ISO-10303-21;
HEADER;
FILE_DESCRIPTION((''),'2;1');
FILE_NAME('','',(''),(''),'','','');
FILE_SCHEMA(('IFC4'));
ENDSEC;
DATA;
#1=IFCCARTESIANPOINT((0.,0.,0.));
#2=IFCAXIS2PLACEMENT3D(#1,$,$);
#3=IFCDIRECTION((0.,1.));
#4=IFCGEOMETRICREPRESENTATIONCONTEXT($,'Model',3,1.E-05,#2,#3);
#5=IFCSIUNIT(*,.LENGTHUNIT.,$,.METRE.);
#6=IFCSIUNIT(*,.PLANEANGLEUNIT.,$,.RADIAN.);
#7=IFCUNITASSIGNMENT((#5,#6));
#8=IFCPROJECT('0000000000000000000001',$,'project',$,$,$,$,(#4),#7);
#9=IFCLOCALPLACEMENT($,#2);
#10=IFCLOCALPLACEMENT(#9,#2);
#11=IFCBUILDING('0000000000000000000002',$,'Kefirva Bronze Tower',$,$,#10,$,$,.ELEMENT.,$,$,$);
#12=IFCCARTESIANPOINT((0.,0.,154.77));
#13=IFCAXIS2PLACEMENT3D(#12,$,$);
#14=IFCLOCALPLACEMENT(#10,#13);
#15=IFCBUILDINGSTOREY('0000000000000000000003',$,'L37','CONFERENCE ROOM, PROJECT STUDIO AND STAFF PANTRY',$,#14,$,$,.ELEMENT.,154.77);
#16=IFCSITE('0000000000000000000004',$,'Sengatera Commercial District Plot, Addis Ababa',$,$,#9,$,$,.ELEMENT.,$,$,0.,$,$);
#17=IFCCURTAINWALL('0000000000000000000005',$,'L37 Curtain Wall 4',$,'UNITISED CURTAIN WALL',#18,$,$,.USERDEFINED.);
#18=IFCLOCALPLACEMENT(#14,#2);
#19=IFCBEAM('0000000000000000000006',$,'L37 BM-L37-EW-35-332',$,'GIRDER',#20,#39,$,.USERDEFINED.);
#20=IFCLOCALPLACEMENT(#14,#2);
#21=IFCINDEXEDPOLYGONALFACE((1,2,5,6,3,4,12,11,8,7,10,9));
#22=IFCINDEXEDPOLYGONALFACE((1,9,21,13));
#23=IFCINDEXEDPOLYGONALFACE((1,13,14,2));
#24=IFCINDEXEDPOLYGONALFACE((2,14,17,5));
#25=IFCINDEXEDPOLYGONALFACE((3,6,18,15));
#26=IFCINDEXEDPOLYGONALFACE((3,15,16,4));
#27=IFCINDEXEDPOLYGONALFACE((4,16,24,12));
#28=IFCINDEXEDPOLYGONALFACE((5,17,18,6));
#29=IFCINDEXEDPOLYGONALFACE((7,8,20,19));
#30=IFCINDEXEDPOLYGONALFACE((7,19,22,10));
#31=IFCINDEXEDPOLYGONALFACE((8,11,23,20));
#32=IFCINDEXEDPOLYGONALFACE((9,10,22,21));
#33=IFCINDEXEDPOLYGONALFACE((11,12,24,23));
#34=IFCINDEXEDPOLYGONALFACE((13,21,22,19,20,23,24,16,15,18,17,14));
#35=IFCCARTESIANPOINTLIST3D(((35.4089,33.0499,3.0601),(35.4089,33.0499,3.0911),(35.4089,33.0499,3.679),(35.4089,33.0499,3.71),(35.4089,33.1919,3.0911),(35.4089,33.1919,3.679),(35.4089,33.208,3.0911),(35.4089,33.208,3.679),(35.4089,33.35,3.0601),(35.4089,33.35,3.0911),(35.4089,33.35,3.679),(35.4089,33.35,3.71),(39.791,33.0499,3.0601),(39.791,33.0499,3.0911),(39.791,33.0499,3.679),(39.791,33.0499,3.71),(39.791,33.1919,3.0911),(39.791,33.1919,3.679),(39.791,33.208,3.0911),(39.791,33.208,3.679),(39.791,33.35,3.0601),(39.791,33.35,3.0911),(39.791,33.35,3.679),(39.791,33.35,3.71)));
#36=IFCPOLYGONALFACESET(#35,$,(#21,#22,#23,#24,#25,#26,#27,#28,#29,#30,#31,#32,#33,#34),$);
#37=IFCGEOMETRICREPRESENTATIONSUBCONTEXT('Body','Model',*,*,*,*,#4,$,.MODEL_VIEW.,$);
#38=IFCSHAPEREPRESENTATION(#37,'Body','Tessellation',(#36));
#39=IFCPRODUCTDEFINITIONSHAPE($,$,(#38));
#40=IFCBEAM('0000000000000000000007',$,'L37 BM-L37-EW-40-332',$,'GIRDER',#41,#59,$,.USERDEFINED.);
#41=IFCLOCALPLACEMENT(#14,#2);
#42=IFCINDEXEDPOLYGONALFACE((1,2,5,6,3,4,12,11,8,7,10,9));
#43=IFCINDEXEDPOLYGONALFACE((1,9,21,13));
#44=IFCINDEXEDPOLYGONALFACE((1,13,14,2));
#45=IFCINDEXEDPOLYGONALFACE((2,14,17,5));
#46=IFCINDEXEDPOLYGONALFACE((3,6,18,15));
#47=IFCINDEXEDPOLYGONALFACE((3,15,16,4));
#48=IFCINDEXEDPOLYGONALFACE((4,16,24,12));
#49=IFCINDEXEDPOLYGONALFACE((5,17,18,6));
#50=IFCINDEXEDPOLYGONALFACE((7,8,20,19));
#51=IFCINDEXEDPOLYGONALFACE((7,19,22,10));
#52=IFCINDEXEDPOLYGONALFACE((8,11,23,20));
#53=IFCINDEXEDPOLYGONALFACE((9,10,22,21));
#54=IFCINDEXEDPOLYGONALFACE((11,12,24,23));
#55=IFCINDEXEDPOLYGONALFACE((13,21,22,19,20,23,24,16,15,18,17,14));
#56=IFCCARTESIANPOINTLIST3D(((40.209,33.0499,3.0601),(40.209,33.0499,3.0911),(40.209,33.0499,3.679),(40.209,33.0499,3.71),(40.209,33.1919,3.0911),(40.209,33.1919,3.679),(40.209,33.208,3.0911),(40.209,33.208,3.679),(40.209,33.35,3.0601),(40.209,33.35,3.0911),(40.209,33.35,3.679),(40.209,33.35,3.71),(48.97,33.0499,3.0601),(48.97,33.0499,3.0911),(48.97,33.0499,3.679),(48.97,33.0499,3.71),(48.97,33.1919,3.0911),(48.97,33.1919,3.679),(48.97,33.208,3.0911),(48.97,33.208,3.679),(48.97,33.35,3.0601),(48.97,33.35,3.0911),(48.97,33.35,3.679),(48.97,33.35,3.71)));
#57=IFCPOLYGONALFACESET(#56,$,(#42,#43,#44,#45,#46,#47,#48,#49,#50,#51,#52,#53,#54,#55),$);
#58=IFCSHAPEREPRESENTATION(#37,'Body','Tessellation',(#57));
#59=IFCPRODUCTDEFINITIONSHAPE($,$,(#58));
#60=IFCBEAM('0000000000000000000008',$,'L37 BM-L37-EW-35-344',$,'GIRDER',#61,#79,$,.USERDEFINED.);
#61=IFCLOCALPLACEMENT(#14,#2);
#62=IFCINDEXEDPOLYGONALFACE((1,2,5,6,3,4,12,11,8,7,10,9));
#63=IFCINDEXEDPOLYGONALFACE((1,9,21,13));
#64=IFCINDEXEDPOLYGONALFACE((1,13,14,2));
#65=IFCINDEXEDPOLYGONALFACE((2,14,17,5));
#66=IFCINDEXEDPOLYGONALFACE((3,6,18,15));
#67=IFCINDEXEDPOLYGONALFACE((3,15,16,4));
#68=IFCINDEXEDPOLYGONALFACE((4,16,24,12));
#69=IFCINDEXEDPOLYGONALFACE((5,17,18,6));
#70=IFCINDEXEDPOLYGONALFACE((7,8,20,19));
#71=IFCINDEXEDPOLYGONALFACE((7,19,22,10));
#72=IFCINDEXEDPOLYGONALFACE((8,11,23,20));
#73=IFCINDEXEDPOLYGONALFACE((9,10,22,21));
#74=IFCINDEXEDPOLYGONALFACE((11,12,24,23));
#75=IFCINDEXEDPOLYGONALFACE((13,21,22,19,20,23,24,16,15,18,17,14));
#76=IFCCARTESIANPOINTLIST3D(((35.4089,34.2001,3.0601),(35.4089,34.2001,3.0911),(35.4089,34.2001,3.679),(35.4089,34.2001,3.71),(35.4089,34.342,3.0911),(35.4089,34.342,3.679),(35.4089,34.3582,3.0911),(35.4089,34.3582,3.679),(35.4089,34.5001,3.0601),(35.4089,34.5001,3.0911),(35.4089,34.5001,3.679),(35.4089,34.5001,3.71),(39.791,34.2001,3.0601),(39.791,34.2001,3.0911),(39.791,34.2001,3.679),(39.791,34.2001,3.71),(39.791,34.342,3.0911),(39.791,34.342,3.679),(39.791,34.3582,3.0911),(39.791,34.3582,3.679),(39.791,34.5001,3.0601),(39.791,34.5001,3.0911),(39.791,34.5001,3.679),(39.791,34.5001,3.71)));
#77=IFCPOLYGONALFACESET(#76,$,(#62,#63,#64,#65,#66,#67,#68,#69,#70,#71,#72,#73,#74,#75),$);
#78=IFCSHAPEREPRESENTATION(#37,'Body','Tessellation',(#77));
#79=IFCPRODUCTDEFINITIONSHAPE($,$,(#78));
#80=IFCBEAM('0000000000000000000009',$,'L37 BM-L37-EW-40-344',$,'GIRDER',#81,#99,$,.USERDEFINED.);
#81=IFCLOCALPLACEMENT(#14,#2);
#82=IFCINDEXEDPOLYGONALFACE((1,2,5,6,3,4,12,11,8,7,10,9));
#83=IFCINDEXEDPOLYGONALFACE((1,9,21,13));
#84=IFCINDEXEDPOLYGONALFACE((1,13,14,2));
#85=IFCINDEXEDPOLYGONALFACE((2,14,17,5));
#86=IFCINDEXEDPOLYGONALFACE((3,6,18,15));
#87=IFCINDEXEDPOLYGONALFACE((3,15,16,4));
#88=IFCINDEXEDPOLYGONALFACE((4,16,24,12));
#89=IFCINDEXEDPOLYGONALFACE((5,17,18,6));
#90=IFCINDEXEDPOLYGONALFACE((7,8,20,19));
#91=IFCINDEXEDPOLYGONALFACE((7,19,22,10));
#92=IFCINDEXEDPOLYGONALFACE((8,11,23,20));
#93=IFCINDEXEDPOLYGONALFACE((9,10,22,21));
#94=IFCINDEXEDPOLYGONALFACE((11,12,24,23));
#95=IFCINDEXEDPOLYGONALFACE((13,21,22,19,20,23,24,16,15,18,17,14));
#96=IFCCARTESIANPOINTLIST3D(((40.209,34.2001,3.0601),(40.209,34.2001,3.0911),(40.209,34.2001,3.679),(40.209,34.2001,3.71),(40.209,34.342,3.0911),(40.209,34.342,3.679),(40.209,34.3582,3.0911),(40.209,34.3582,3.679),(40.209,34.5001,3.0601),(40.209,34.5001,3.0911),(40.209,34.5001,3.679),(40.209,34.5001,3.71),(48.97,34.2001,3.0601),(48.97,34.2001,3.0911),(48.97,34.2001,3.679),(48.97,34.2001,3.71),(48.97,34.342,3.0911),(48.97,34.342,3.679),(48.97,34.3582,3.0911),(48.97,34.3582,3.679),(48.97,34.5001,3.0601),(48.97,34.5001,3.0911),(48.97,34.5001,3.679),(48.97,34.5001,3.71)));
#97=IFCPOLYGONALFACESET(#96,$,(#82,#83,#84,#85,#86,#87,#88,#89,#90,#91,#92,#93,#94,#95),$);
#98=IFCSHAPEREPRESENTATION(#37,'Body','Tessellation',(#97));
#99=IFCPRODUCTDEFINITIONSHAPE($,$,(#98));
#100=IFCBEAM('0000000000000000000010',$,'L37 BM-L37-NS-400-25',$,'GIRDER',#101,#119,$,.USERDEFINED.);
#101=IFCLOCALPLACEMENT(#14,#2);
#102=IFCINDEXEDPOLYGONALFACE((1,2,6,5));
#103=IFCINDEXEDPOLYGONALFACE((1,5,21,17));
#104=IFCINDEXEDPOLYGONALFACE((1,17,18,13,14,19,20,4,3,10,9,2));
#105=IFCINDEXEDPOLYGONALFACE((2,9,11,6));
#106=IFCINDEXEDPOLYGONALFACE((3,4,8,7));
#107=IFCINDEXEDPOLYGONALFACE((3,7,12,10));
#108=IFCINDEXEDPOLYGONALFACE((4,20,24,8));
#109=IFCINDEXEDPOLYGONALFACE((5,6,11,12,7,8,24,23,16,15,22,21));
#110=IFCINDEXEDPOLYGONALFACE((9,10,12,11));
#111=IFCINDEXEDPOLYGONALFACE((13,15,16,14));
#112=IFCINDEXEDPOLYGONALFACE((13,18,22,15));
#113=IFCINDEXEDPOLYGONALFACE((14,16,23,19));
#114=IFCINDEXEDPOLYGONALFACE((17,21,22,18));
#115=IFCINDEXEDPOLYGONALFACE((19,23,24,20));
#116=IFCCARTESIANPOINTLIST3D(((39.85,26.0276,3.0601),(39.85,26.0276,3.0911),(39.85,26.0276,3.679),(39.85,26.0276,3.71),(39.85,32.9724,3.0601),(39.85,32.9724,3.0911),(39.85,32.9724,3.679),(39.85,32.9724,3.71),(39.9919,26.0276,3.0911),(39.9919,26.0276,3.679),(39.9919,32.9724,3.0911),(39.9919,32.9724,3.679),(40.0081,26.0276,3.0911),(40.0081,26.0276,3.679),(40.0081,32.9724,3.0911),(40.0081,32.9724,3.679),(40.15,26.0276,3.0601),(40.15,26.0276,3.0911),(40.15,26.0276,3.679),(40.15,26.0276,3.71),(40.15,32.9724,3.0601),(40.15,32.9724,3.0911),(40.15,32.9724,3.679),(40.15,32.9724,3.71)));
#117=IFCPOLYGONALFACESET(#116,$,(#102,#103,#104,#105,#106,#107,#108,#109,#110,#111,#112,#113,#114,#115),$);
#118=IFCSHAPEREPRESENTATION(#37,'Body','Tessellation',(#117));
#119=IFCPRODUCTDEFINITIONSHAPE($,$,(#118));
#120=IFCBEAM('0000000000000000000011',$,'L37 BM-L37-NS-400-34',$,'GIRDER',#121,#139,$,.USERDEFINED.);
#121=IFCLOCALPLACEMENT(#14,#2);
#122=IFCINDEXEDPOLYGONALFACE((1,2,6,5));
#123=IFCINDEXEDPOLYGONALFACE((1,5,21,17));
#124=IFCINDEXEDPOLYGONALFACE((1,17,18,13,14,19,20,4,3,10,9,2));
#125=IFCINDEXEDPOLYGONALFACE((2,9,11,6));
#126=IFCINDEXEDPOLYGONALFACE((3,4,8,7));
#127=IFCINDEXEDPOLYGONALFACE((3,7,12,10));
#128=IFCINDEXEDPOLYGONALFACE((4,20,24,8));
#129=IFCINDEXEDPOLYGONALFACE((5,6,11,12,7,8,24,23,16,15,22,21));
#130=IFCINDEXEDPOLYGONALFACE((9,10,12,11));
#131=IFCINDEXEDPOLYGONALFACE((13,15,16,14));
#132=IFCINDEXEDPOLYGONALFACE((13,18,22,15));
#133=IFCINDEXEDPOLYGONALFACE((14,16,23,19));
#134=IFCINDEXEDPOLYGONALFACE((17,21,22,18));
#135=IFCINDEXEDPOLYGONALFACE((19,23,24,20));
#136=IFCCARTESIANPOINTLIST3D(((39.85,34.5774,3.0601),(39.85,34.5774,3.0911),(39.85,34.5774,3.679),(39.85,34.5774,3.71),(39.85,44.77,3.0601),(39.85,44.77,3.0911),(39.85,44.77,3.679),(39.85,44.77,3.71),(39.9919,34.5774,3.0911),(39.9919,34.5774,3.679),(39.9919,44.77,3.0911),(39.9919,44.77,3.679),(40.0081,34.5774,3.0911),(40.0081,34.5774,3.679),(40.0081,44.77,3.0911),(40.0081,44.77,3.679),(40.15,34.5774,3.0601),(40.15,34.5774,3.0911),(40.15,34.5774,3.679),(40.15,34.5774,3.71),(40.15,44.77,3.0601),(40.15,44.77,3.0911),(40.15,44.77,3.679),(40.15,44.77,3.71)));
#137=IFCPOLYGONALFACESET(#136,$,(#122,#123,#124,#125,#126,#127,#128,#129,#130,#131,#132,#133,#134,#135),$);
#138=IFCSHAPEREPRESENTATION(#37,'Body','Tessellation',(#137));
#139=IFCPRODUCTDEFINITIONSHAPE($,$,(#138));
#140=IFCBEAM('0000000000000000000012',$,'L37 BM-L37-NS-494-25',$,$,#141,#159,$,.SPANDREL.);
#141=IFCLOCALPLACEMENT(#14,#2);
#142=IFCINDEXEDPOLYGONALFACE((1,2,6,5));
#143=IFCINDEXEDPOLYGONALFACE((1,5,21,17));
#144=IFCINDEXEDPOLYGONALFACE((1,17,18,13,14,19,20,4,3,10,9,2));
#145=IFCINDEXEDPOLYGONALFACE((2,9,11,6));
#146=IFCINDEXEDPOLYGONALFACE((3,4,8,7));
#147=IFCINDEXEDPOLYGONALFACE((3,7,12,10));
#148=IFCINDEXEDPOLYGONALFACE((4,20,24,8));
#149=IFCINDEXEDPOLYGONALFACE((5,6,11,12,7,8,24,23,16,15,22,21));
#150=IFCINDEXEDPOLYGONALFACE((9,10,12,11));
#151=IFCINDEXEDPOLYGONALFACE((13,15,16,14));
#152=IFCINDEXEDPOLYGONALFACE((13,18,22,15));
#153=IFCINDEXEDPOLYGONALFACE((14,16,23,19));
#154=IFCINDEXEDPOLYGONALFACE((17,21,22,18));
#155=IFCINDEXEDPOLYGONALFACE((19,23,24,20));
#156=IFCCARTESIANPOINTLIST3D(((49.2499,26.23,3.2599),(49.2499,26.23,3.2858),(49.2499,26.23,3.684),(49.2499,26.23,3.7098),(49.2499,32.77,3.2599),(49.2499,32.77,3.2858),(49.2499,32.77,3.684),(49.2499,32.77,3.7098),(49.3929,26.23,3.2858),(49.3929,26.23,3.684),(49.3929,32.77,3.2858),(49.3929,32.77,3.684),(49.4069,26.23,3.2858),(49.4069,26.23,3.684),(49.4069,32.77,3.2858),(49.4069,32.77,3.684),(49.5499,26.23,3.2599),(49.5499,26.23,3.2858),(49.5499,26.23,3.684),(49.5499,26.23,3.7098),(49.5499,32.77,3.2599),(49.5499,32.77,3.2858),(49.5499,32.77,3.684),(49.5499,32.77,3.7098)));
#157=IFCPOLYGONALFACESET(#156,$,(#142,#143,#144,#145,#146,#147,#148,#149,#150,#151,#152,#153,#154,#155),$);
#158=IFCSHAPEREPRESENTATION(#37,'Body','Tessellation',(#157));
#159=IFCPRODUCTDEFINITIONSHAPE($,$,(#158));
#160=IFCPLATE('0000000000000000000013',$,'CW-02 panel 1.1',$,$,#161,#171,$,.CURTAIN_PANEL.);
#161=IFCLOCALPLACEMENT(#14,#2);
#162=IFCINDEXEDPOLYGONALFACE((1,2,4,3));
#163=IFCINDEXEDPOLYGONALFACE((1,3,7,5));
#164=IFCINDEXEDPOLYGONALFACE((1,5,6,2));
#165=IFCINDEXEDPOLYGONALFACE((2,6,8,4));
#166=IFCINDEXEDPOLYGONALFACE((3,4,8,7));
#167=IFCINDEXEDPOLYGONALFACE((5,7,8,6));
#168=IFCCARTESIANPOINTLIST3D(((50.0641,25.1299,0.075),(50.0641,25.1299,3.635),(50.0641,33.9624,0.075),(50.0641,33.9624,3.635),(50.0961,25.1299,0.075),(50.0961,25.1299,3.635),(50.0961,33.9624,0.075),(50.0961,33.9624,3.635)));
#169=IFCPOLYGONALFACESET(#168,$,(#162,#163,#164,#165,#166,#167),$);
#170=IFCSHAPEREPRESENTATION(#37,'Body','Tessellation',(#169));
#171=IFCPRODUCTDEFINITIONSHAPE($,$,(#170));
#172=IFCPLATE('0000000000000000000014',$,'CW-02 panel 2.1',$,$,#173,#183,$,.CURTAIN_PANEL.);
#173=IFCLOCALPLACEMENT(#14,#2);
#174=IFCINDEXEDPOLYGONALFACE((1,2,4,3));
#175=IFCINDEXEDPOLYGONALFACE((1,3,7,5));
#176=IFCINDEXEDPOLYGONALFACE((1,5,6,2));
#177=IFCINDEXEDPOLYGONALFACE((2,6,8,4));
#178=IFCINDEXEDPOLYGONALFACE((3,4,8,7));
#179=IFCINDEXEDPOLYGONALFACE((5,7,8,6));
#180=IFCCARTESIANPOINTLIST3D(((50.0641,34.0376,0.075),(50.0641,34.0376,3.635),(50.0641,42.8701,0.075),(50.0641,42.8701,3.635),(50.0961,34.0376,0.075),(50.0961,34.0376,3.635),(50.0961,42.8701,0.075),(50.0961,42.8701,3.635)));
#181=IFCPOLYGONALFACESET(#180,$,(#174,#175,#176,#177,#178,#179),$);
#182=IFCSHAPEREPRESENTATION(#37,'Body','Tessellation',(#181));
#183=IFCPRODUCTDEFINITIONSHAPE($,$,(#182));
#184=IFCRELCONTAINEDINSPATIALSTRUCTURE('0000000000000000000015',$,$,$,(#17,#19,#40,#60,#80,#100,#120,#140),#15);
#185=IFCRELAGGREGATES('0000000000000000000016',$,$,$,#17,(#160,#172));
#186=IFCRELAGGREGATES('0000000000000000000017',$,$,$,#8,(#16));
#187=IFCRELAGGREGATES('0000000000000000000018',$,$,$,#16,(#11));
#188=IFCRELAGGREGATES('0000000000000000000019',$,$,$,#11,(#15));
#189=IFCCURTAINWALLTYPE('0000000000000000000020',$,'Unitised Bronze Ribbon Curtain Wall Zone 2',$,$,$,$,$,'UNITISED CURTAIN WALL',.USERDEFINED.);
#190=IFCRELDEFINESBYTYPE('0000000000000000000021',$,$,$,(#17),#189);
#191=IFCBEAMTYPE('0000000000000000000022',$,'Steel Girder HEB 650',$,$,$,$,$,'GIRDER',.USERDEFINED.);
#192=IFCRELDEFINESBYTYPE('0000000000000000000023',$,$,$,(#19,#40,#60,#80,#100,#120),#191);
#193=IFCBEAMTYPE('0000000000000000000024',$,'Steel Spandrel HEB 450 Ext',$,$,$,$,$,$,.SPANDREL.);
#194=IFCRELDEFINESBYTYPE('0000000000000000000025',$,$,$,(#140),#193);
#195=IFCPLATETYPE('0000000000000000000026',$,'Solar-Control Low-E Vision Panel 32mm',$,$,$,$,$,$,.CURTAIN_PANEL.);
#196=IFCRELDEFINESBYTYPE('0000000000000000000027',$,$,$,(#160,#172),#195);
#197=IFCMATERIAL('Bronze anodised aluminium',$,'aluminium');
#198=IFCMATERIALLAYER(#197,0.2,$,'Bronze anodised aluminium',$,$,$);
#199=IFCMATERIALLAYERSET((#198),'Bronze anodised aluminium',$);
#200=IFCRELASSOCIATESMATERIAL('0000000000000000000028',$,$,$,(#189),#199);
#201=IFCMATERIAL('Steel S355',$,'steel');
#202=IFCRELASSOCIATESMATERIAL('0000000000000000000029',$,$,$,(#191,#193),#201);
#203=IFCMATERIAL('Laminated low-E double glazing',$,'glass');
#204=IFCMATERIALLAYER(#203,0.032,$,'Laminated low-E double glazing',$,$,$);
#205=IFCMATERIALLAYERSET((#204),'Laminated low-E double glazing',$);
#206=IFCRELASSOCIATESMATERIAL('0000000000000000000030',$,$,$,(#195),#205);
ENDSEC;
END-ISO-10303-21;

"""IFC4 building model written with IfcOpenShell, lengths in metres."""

from ifc_helpers import new_model, si_unit, direction, frame, origin, origin_2d, place, context, subcontext, project, spatial, rectangle, i_section, extrude, material, layer, layer_set, material_profile, profile_set, type_object, element, aggregate, save


model = new_model("IFC4")

# Units and contexts
model_context = context("Model", 3, precision=1e-05, world=origin(), true_north=direction((0.0, 1.0)))
body_context = subcontext(model_context, "Body", "Model", "MODEL_VIEW")
ifc_project = project(units=[si_unit("LENGTHUNIT", "METRE"), si_unit("PLANEANGLEUNIT", "RADIAN")], contexts=[model_context])

# Site, building, storey
site_placement = place(None, origin())
site = spatial("IfcSite", under=ifc_project, at=site_placement, Name="Sengatera Commercial District Plot, Addis Ababa", CompositionType="ELEMENT", RefElevation=0.0)
building_placement = place(site_placement, origin())
building = spatial("IfcBuilding", under=site, at=building_placement, Name="Kefirva Bronze Tower", CompositionType="ELEMENT")
storey_placement = place(building_placement, frame((0.0, 0.0, 154.77)))
storey = spatial("IfcBuildingStorey", under=building, at=storey_placement, Name="L37", Description="CONFERENCE ROOM, PROJECT STUDIO AND STAFF PANTRY", CompositionType="ELEMENT", Elevation=154.77)

# Curtain wall
ifc_material_1 = material(Name="Bronze anodised aluminium", Category="aluminium")
ifc_layer_1 = layer(ifc_material_1, 0.2, Name="Bronze anodised aluminium")
ifc_layer_set_1 = layer_set([ifc_layer_1], Name="Bronze anodised aluminium")
curtain_wall_type = type_object("IfcCurtainWallType", Name="Unitised Bronze Ribbon Curtain Wall Zone 2", ElementType="UNITISED CURTAIN WALL", PredefinedType="USERDEFINED", material=ifc_layer_set_1)
curtain_wall_placement = place(storey_placement, origin())
curtain_wall = element("IfcCurtainWall", 1, at=curtain_wall_placement, inside=storey, type_object=curtain_wall_type, Name="L37 Curtain Wall 4", ObjectType="UNITISED CURTAIN WALL", PredefinedType="USERDEFINED")

# Beams
ifc_material_2 = material(Name="Steel S355", Category="steel")
ifc_material_profile_1 = material_profile(ifc_material_2, i_section(OverallWidth=0.3, OverallDepth=0.6499, WebThickness=0.0161, FlangeThickness=0.031, at=origin_2d()), Name="HEB 650")
ifc_profile_set_1 = profile_set([ifc_material_profile_1], Name="Steel S355")
beam_type_1 = type_object("IfcBeamType", Name="Steel Girder HEB 650", ElementType="GIRDER", PredefinedType="USERDEFINED", material=ifc_profile_set_1)
beam_1_placement = place(storey_placement, frame((35.4089, 33.2, 3.385), z_axis=(1.0, 0.0, 0.0), x_axis=(0.0, 1.0, 0.0)))
element("IfcBeam", 2, at=beam_1_placement, inside=storey, type_object=beam_type_1, Name="L37 BM-L37-EW-35-332", ObjectType="GIRDER", PredefinedType="USERDEFINED", context=body_context, shape_type="SweptSolid", body=[
    extrude(i_section(OverallWidth=0.3, OverallDepth=0.6499, WebThickness=0.0161, FlangeThickness=0.031, at=origin_2d()), origin(), (0.0, 0.0, 1.0), 4.3821),
])
beam_2_placement = place(storey_placement, frame((40.209, 33.2, 3.385), z_axis=(1.0, 0.0, 0.0), x_axis=(0.0, 1.0, 0.0)))
element("IfcBeam", 3, at=beam_2_placement, inside=storey, type_object=beam_type_1, Name="L37 BM-L37-EW-40-332", ObjectType="GIRDER", PredefinedType="USERDEFINED", context=body_context, shape_type="SweptSolid", body=[
    extrude(i_section(OverallWidth=0.3, OverallDepth=0.6499, WebThickness=0.0161, FlangeThickness=0.031, at=origin_2d()), origin(), (0.0, 0.0, 1.0), 8.761),
])
beam_3_placement = place(storey_placement, frame((35.4089, 34.3501, 3.385), z_axis=(1.0, 0.0, 0.0), x_axis=(0.0, 1.0, 0.0)))
element("IfcBeam", 4, at=beam_3_placement, inside=storey, type_object=beam_type_1, Name="L37 BM-L37-EW-35-344", ObjectType="GIRDER", PredefinedType="USERDEFINED", context=body_context, shape_type="SweptSolid", body=[
    extrude(i_section(OverallWidth=0.3, OverallDepth=0.6499, WebThickness=0.0161, FlangeThickness=0.031, at=origin_2d()), origin(), (0.0, 0.0, 1.0), 4.3821),
])
beam_4_placement = place(storey_placement, frame((40.209, 34.3501, 3.385), z_axis=(1.0, 0.0, 0.0), x_axis=(0.0, 1.0, 0.0)))
element("IfcBeam", 5, at=beam_4_placement, inside=storey, type_object=beam_type_1, Name="L37 BM-L37-EW-40-344", ObjectType="GIRDER", PredefinedType="USERDEFINED", context=body_context, shape_type="SweptSolid", body=[
    extrude(i_section(OverallWidth=0.3, OverallDepth=0.6499, WebThickness=0.0161, FlangeThickness=0.031, at=origin_2d()), origin(), (0.0, 0.0, 1.0), 8.761),
])
beam_5_placement = place(storey_placement, frame((40.0, 26.0276, 3.385), z_axis=(0.0, 1.0, 0.0), x_axis=(-1.0, 0.0, 0.0)))
element("IfcBeam", 6, at=beam_5_placement, inside=storey, type_object=beam_type_1, Name="L37 BM-L37-NS-400-25", ObjectType="GIRDER", PredefinedType="USERDEFINED", context=body_context, shape_type="SweptSolid", body=[
    extrude(i_section(OverallWidth=0.3, OverallDepth=0.6499, WebThickness=0.0161, FlangeThickness=0.031, at=origin_2d()), origin(), (0.0, 0.0, 1.0), 6.9448),
])
beam_6_placement = place(storey_placement, frame((40.0, 34.5774, 3.385), z_axis=(0.0, 1.0, 0.0), x_axis=(-1.0, 0.0, 0.0)))
element("IfcBeam", 7, at=beam_6_placement, inside=storey, type_object=beam_type_1, Name="L37 BM-L37-NS-400-34", ObjectType="GIRDER", PredefinedType="USERDEFINED", context=body_context, shape_type="SweptSolid", body=[
    extrude(i_section(OverallWidth=0.3, OverallDepth=0.6499, WebThickness=0.0161, FlangeThickness=0.031, at=origin_2d()), origin(), (0.0, 0.0, 1.0), 10.1926),
])
ifc_material_profile_2 = material_profile(ifc_material_2, i_section(OverallWidth=0.3, OverallDepth=0.45, WebThickness=0.0139, FlangeThickness=0.0259, at=origin_2d()), Name="HEB 450")
ifc_profile_set_2 = profile_set([ifc_material_profile_2], Name="Steel S355")
beam_type_2 = type_object("IfcBeamType", Name="Steel Spandrel HEB 450 Ext", PredefinedType="SPANDREL", material=ifc_profile_set_2)
beam_7_placement = place(storey_placement, frame((49.3999, 26.23, 3.4849), z_axis=(0.0, 1.0, 0.0), x_axis=(-1.0, 0.0, 0.0)))
element("IfcBeam", 8, at=beam_7_placement, inside=storey, type_object=beam_type_2, Name="L37 BM-L37-NS-494-25", PredefinedType="SPANDREL", context=body_context, shape_type="SweptSolid", body=[
    extrude(i_section(OverallWidth=0.3, OverallDepth=0.45, WebThickness=0.0139, FlangeThickness=0.0259, at=origin_2d()), origin(), (0.0, 0.0, 1.0), 6.54),
])

# Plates
ifc_material_3 = material(Name="Laminated low-E double glazing", Category="glass")
ifc_layer_2 = layer(ifc_material_3, 0.032, Name="Laminated low-E double glazing")
ifc_layer_set_2 = layer_set([ifc_layer_2], Name="Laminated low-E double glazing")
plate_type = type_object("IfcPlateType", Name="Solar-Control Low-E Vision Panel 32mm", PredefinedType="CURTAIN_PANEL", material=ifc_layer_set_2)
plate_1_placement = place(storey_placement, frame((50.0801, 29.5461, 0.075), z_axis=(0.0, 0.0, 1.0), x_axis=(0.0, 1.0, 0.0)))
plate_1 = element("IfcPlate", 9, at=plate_1_placement, type_object=plate_type, Name="CW-02 panel 1.1", PredefinedType="CURTAIN_PANEL", context=body_context, shape_type="SweptSolid", body=[
    extrude(rectangle(XDim=8.8325, YDim=0.032, at=origin_2d()), origin(), (0.0, 0.0, 1.0), 3.5601),
])
plate_2_placement = place(storey_placement, frame((50.0801, 38.4539, 0.075), z_axis=(0.0, 0.0, 1.0), x_axis=(0.0, 1.0, 0.0)))
plate_2 = element("IfcPlate", 10, at=plate_2_placement, type_object=plate_type, Name="CW-02 panel 2.1", PredefinedType="CURTAIN_PANEL", context=body_context, shape_type="SweptSolid", body=[
    extrude(rectangle(XDim=8.8325, YDim=0.032, at=origin_2d()), origin(), (0.0, 0.0, 1.0), 3.5601),
])
aggregate(curtain_wall, [plate_1, plate_2])

save(model, "model.ifc")
